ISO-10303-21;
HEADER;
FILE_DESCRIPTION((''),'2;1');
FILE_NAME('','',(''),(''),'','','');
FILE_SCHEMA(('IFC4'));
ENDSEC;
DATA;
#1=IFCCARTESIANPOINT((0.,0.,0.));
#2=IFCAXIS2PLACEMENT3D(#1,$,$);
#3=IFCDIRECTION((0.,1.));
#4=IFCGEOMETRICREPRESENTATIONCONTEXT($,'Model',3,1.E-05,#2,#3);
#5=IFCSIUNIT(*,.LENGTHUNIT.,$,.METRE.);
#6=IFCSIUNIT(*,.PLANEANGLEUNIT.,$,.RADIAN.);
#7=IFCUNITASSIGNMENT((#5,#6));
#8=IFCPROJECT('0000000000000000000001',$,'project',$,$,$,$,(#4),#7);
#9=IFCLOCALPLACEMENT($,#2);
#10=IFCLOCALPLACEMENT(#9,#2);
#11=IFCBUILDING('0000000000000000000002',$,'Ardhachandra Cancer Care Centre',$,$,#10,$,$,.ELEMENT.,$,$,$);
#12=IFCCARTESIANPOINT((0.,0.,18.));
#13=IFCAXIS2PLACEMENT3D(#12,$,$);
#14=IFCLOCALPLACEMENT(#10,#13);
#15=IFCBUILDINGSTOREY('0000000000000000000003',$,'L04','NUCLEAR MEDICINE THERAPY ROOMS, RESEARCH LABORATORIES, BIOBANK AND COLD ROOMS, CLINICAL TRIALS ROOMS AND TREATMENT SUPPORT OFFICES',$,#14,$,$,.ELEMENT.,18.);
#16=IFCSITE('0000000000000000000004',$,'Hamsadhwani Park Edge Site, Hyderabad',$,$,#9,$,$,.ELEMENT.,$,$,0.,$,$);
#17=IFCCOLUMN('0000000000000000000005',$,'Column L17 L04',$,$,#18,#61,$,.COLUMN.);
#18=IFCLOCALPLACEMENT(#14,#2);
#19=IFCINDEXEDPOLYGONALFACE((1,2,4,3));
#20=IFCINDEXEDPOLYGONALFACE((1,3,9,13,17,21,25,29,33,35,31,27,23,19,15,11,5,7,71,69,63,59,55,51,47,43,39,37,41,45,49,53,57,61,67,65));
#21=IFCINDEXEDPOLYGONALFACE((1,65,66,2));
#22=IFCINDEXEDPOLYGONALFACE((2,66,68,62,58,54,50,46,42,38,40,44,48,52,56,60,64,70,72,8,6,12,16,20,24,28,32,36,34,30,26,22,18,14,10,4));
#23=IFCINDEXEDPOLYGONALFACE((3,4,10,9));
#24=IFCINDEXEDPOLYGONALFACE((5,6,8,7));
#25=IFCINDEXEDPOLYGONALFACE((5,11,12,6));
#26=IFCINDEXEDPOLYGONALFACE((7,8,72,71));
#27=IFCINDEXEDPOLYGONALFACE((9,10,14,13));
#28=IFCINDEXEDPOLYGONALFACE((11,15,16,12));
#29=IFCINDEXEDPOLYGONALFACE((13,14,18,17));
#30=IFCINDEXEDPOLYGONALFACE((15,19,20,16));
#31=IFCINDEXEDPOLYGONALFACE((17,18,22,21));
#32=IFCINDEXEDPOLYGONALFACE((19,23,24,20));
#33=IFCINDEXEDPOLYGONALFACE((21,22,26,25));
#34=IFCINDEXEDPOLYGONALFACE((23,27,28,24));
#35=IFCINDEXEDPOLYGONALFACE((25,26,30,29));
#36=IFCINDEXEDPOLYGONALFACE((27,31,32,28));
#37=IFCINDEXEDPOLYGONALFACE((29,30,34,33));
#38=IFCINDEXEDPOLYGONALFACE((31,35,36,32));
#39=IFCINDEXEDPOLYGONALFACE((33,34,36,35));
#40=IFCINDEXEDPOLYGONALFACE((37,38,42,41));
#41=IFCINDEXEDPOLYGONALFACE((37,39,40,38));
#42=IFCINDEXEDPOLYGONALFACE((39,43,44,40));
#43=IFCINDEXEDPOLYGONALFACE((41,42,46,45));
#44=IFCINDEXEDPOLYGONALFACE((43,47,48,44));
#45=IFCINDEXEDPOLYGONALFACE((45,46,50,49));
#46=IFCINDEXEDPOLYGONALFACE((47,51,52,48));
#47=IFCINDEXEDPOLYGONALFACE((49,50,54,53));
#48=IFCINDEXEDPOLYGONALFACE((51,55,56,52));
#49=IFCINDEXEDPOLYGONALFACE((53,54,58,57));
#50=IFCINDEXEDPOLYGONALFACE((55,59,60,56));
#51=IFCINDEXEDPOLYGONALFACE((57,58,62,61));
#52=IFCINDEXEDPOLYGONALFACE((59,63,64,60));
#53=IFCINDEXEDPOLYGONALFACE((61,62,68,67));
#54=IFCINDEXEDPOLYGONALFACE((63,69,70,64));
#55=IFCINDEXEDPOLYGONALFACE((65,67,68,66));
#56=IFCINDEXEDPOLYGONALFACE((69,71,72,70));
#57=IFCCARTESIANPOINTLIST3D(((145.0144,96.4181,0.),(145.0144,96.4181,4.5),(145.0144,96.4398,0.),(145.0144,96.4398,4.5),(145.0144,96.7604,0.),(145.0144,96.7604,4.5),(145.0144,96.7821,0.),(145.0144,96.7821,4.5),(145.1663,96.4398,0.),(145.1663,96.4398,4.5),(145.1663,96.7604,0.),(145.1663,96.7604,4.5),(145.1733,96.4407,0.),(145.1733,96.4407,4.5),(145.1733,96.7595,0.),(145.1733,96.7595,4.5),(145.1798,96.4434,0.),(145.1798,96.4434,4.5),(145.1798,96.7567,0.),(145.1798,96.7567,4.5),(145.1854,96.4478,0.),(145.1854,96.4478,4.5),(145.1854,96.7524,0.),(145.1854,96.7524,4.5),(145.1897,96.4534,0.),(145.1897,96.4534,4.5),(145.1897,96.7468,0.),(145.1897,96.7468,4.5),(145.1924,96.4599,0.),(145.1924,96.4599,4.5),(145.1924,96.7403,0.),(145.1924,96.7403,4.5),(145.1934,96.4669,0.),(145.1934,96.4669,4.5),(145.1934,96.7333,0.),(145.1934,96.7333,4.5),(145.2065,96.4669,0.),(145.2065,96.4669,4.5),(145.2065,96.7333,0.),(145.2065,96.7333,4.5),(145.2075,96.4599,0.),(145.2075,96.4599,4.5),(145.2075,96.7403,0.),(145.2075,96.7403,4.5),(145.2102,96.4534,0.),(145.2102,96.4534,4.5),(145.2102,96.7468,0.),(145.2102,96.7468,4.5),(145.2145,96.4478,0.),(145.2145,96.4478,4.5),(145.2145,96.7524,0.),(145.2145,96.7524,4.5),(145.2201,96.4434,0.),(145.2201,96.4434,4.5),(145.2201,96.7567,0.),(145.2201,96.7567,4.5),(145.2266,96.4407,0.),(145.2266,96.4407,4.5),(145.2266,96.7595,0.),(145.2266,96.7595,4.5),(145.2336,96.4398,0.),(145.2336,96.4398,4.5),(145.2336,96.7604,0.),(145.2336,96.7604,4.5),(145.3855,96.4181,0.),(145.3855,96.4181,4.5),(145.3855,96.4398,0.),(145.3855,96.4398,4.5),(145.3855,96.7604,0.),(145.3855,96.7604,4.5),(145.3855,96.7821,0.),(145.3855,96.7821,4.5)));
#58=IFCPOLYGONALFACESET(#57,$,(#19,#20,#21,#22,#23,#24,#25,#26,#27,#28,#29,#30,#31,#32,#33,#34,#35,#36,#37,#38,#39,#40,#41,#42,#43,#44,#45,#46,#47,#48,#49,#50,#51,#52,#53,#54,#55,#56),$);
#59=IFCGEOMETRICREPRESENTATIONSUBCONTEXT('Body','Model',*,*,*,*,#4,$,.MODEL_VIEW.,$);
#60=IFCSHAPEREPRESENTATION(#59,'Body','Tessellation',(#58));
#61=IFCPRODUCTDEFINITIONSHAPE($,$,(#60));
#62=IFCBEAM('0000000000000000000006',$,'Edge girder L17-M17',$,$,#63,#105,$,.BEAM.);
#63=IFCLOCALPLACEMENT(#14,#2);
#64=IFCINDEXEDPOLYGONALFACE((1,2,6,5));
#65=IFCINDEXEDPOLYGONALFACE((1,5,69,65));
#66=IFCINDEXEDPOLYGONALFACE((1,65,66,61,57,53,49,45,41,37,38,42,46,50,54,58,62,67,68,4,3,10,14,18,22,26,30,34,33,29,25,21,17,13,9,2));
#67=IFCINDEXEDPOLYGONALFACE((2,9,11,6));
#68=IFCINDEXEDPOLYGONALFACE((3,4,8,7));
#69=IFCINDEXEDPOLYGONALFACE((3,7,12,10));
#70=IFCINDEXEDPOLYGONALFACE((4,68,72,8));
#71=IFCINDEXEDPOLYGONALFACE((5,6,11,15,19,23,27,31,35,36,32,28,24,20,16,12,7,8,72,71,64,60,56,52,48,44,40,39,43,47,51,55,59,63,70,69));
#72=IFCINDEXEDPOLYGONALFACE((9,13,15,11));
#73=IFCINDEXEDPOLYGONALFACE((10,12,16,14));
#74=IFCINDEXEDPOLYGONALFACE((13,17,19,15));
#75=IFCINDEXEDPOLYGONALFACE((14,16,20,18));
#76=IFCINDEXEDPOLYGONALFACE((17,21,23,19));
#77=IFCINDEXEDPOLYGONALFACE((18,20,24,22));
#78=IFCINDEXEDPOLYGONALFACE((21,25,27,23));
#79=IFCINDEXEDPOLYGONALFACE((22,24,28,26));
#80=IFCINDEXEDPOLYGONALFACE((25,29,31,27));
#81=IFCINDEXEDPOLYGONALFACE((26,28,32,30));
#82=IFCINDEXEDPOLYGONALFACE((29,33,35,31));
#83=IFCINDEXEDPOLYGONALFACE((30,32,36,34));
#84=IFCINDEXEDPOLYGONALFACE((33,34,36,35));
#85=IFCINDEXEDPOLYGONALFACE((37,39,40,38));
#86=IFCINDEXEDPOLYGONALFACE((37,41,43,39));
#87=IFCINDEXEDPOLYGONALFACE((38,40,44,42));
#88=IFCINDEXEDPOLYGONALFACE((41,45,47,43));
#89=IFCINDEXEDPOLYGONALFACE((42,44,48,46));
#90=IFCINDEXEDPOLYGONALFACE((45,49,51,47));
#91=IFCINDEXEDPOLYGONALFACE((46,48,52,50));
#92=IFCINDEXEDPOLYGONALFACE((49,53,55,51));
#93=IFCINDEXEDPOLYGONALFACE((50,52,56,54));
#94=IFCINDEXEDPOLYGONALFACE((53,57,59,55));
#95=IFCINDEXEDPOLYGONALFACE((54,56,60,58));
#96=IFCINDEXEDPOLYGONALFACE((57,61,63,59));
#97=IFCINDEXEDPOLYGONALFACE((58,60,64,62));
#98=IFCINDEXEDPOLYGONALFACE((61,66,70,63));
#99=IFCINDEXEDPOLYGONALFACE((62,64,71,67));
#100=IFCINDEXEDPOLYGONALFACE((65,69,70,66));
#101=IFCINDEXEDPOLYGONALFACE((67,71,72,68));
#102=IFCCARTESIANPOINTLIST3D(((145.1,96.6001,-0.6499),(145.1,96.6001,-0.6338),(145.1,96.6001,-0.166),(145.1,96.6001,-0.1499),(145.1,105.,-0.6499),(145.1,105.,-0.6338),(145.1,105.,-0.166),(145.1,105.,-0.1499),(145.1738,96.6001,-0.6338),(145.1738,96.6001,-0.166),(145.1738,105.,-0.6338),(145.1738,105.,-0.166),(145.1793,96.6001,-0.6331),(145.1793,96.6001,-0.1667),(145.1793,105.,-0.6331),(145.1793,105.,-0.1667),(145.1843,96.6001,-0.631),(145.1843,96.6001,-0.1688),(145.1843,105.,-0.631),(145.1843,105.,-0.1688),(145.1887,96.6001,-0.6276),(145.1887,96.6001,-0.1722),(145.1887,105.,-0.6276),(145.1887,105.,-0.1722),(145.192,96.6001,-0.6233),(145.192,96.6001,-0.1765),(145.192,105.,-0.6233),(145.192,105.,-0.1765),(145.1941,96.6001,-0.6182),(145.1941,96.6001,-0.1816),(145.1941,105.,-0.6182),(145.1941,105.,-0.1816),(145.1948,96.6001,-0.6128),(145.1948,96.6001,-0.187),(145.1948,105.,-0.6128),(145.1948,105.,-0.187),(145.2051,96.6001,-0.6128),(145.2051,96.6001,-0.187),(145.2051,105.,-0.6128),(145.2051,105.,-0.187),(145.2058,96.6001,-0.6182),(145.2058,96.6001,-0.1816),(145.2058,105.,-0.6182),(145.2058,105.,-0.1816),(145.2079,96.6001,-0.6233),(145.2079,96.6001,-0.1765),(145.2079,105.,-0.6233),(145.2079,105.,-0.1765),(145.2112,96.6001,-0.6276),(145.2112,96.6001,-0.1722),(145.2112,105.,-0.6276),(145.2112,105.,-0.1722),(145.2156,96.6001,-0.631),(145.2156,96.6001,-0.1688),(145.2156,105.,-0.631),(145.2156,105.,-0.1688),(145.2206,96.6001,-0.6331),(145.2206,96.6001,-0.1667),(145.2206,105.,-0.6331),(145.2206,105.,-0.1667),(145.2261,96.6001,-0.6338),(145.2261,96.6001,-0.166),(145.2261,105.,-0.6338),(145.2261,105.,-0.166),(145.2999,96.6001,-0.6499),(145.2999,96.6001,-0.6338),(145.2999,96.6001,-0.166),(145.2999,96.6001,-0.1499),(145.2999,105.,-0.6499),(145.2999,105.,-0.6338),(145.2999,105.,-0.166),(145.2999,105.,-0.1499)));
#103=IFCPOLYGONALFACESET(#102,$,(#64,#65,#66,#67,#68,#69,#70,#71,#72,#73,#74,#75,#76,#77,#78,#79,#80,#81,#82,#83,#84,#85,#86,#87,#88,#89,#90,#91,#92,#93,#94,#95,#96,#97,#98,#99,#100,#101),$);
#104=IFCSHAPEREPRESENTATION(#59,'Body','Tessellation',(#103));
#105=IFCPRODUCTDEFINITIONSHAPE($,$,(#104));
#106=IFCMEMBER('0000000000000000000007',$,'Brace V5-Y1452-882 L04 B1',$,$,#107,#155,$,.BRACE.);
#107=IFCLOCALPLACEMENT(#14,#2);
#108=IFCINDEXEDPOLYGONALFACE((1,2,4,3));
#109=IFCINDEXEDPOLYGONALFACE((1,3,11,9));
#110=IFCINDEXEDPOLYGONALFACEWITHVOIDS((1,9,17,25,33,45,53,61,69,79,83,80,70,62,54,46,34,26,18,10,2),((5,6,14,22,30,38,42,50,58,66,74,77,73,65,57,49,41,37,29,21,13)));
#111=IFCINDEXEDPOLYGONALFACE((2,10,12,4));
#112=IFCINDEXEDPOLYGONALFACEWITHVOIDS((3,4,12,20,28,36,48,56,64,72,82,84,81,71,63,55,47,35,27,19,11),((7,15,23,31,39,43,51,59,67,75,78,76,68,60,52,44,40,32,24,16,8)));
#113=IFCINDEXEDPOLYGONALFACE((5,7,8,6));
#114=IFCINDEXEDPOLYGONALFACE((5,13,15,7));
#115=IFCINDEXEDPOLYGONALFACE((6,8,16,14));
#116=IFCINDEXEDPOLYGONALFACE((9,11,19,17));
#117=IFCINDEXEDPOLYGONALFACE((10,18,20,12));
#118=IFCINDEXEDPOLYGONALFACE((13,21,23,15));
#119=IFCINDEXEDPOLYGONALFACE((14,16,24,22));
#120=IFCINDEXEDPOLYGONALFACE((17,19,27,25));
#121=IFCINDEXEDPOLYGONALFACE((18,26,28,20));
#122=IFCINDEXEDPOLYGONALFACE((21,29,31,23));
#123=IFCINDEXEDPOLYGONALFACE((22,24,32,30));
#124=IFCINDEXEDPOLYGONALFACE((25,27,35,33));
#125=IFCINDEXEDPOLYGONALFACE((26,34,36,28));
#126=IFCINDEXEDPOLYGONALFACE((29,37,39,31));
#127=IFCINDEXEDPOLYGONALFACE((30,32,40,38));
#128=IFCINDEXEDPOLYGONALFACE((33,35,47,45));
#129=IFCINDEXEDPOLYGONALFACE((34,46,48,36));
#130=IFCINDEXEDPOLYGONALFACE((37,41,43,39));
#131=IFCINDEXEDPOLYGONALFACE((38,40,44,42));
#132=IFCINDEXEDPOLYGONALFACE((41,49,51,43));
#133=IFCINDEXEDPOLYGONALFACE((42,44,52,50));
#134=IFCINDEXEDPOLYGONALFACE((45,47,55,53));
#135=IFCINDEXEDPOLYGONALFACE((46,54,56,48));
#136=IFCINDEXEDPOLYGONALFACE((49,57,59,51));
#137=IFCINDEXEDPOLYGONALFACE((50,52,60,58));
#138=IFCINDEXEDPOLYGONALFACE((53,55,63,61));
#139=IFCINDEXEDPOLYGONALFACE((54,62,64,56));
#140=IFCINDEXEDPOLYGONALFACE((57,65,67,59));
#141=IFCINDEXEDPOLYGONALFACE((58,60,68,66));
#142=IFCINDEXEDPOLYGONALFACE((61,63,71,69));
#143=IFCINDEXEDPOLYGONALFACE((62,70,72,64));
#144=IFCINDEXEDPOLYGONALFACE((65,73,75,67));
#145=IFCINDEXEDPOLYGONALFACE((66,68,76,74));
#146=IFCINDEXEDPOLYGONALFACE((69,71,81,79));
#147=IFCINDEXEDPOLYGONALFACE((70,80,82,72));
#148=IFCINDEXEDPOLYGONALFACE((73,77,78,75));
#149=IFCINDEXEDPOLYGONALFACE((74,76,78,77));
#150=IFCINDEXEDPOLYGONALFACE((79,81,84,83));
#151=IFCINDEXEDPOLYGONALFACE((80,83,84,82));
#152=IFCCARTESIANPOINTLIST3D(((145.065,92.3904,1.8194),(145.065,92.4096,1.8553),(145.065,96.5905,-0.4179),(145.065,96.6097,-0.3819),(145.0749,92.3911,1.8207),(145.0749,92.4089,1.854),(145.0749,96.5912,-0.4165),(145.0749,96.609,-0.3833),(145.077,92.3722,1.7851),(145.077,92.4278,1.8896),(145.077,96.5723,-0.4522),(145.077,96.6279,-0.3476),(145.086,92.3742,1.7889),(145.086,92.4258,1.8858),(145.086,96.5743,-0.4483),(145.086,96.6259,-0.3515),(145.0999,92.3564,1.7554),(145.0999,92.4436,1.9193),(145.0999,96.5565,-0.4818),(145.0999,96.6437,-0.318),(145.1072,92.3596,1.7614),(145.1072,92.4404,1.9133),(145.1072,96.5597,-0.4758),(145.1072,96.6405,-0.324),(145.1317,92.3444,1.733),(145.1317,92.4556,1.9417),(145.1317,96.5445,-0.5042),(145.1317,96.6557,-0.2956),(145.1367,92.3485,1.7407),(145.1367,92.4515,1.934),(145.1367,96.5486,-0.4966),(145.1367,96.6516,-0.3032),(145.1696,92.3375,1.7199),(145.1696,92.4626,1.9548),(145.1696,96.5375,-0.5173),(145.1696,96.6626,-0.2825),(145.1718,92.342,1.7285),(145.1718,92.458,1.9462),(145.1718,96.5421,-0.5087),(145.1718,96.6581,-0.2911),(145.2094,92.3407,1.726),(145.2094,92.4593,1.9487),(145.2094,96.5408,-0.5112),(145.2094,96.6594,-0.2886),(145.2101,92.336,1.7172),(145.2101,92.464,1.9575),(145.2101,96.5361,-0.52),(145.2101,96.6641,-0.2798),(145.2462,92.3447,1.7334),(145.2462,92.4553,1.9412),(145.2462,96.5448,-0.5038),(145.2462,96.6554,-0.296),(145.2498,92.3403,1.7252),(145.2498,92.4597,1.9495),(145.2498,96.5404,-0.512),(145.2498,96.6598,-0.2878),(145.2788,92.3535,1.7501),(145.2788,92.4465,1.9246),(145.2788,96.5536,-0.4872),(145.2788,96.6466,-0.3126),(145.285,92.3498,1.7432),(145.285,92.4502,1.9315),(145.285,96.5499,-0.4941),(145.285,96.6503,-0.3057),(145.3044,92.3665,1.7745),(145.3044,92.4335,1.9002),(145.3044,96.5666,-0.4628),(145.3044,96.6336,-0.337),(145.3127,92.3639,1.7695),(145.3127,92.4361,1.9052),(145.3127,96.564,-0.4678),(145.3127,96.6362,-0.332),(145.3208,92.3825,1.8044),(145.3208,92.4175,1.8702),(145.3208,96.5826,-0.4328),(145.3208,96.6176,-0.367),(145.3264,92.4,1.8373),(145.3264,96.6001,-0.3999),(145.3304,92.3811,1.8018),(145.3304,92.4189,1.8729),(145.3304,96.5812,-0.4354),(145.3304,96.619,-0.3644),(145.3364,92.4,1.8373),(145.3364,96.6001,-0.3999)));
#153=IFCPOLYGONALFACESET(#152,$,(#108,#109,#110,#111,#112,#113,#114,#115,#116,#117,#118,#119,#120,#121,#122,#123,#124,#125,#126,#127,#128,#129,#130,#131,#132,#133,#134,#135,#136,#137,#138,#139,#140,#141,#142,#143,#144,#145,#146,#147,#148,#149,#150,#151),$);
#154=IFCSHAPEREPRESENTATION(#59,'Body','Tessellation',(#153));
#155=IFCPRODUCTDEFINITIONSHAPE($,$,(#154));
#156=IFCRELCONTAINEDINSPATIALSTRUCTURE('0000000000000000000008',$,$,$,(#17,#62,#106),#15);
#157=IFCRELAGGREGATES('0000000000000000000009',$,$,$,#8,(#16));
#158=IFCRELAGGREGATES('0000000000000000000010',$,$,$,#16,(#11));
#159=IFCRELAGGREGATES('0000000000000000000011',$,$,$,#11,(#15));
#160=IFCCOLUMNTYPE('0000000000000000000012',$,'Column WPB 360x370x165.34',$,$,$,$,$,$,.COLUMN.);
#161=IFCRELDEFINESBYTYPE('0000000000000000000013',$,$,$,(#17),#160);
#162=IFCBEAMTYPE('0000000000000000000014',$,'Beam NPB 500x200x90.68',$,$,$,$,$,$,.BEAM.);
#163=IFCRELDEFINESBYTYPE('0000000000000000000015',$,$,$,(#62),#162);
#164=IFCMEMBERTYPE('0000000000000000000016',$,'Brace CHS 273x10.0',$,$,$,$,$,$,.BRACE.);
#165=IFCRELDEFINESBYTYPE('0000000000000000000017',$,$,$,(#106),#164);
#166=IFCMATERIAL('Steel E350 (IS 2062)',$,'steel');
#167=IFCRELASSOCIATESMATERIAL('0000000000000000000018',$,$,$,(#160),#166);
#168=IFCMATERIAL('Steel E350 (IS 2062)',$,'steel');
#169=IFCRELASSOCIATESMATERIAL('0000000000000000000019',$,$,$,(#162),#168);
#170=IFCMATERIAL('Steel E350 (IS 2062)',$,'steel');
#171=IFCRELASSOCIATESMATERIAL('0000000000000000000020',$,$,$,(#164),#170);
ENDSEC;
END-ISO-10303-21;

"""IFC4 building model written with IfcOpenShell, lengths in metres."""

from ifc_helpers import new_model, si_unit, direction, frame, origin, origin_2d, place, context, subcontext, project, spatial, hollow_circle, i_section, extrude, material, material_profile, profile_set, type_object, element, save


model = new_model("IFC4")

# Units and contexts
model_context = context("Model", 3, precision=1e-05, world=origin(), true_north=direction((0.0, 1.0)))
body_context = subcontext(model_context, "Body", "Model", "MODEL_VIEW")
ifc_project = project(units=[si_unit("LENGTHUNIT", "METRE"), si_unit("PLANEANGLEUNIT", "RADIAN")], contexts=[model_context])

# Site, building, storey
site_placement = place(None, origin())
site = spatial("IfcSite", under=ifc_project, at=site_placement, Name="Hamsadhwani Park Edge Site, Hyderabad", CompositionType="ELEMENT", RefElevation=0.0)
building_placement = place(site_placement, origin())
building = spatial("IfcBuilding", under=site, at=building_placement, Name="Ardhachandra Cancer Care Centre", CompositionType="ELEMENT")
storey_placement = place(building_placement, frame((0.0, 0.0, 18.0)))
storey = spatial("IfcBuildingStorey", under=building, at=storey_placement, Name="L04", Description="NUCLEAR MEDICINE THERAPY ROOMS, RESEARCH LABORATORIES, BIOBANK AND COLD ROOMS, CLINICAL TRIALS ROOMS AND TREATMENT SUPPORT OFFICES", CompositionType="ELEMENT", Elevation=18.0)

# Column
ifc_material_1 = material(Name="Steel E350 (IS 2062)", Category="steel")
ifc_material_profile_1 = material_profile(ifc_material_1, i_section(OverallWidth=0.3711, OverallDepth=0.364, WebThickness=0.0132, FlangeThickness=0.0217, FilletRadius=0.0271, at=origin_2d()), Name="WPB 360x370x165.34")
ifc_profile_set_1 = profile_set([ifc_material_profile_1], Name="Steel E350 (IS 2062)")
column_type = type_object("IfcColumnType", Name="Column WPB 360x370x165.34", PredefinedType="COLUMN", material=ifc_profile_set_1)
column_placement = place(storey_placement, frame((145.2, 96.6001, 0.0), z_axis=(0.0, 0.0, 1.0), x_axis=(1.0, 0.0, 0.0)))
element("IfcColumn", 1, at=column_placement, inside=storey, type_object=column_type, Name="Column L17 L04", PredefinedType="COLUMN", context=body_context, shape_type="SweptSolid", body=[
    extrude(i_section(OverallWidth=0.3711, OverallDepth=0.364, WebThickness=0.0132, FlangeThickness=0.0217, FilletRadius=0.0271, at=origin_2d()), origin(), (0.0, 0.0, 1.0), 4.5),
])

# Beam
ifc_material_2 = material(Name="Steel E350 (IS 2062)", Category="steel")
ifc_material_profile_2 = material_profile(ifc_material_2, i_section(OverallWidth=0.2, OverallDepth=0.5, WebThickness=0.0103, FlangeThickness=0.0161, FilletRadius=0.021, at=origin_2d()), Name="NPB 500x200x90.68")
ifc_profile_set_2 = profile_set([ifc_material_profile_2], Name="Steel E350 (IS 2062)")
beam_type = type_object("IfcBeamType", Name="Beam NPB 500x200x90.68", PredefinedType="BEAM", material=ifc_profile_set_2)
beam_placement = place(storey_placement, frame((145.2, 96.6001, -0.3999), z_axis=(0.0, 1.0, 0.0), x_axis=(-1.0, 0.0, 0.0)))
element("IfcBeam", 2, at=beam_placement, inside=storey, type_object=beam_type, Name="Edge girder L17-M17", PredefinedType="BEAM", context=body_context, shape_type="SweptSolid", body=[
    extrude(i_section(OverallWidth=0.2, OverallDepth=0.5, WebThickness=0.0103, FlangeThickness=0.0161, FilletRadius=0.021, at=origin_2d()), origin(), (0.0, 0.0, 1.0), 8.3999),
])

# Member
ifc_material_3 = material(Name="Steel E350 (IS 2062)", Category="steel")
ifc_material_profile_3 = material_profile(ifc_material_3, hollow_circle(Radius=0.1365, WallThickness=0.01, at=origin_2d()), Name="CHS 273x10.0")
ifc_profile_set_3 = profile_set([ifc_material_profile_3], Name="Steel E350 (IS 2062)")
member_type_1 = type_object("IfcMemberType", Name="Brace CHS 273x10.0", PredefinedType="BRACE", material=ifc_profile_set_3)
for number, where, z_axis, x_axis, name in (
    (3, (145.2, 96.6001, -0.3999), (0.0, -0.882597, 0.47013), (1.0, 0.0, 0.0), "Brace V5-Y1452-882 L04 B1"),
):
    element("IfcMember", number, at=place(storey_placement, frame(where, z_axis=z_axis, x_axis=x_axis)), inside=storey, type_object=member_type_1, Name=name, PredefinedType="BRACE", context=body_context, shape_type="SweptSolid", body=[
        extrude(hollow_circle(Radius=0.1365, WallThickness=0.01, at=origin_2d()), origin(), (0.0, 0.0, 1.0), 4.7588),
    ])

save(model, "model.ifc")
